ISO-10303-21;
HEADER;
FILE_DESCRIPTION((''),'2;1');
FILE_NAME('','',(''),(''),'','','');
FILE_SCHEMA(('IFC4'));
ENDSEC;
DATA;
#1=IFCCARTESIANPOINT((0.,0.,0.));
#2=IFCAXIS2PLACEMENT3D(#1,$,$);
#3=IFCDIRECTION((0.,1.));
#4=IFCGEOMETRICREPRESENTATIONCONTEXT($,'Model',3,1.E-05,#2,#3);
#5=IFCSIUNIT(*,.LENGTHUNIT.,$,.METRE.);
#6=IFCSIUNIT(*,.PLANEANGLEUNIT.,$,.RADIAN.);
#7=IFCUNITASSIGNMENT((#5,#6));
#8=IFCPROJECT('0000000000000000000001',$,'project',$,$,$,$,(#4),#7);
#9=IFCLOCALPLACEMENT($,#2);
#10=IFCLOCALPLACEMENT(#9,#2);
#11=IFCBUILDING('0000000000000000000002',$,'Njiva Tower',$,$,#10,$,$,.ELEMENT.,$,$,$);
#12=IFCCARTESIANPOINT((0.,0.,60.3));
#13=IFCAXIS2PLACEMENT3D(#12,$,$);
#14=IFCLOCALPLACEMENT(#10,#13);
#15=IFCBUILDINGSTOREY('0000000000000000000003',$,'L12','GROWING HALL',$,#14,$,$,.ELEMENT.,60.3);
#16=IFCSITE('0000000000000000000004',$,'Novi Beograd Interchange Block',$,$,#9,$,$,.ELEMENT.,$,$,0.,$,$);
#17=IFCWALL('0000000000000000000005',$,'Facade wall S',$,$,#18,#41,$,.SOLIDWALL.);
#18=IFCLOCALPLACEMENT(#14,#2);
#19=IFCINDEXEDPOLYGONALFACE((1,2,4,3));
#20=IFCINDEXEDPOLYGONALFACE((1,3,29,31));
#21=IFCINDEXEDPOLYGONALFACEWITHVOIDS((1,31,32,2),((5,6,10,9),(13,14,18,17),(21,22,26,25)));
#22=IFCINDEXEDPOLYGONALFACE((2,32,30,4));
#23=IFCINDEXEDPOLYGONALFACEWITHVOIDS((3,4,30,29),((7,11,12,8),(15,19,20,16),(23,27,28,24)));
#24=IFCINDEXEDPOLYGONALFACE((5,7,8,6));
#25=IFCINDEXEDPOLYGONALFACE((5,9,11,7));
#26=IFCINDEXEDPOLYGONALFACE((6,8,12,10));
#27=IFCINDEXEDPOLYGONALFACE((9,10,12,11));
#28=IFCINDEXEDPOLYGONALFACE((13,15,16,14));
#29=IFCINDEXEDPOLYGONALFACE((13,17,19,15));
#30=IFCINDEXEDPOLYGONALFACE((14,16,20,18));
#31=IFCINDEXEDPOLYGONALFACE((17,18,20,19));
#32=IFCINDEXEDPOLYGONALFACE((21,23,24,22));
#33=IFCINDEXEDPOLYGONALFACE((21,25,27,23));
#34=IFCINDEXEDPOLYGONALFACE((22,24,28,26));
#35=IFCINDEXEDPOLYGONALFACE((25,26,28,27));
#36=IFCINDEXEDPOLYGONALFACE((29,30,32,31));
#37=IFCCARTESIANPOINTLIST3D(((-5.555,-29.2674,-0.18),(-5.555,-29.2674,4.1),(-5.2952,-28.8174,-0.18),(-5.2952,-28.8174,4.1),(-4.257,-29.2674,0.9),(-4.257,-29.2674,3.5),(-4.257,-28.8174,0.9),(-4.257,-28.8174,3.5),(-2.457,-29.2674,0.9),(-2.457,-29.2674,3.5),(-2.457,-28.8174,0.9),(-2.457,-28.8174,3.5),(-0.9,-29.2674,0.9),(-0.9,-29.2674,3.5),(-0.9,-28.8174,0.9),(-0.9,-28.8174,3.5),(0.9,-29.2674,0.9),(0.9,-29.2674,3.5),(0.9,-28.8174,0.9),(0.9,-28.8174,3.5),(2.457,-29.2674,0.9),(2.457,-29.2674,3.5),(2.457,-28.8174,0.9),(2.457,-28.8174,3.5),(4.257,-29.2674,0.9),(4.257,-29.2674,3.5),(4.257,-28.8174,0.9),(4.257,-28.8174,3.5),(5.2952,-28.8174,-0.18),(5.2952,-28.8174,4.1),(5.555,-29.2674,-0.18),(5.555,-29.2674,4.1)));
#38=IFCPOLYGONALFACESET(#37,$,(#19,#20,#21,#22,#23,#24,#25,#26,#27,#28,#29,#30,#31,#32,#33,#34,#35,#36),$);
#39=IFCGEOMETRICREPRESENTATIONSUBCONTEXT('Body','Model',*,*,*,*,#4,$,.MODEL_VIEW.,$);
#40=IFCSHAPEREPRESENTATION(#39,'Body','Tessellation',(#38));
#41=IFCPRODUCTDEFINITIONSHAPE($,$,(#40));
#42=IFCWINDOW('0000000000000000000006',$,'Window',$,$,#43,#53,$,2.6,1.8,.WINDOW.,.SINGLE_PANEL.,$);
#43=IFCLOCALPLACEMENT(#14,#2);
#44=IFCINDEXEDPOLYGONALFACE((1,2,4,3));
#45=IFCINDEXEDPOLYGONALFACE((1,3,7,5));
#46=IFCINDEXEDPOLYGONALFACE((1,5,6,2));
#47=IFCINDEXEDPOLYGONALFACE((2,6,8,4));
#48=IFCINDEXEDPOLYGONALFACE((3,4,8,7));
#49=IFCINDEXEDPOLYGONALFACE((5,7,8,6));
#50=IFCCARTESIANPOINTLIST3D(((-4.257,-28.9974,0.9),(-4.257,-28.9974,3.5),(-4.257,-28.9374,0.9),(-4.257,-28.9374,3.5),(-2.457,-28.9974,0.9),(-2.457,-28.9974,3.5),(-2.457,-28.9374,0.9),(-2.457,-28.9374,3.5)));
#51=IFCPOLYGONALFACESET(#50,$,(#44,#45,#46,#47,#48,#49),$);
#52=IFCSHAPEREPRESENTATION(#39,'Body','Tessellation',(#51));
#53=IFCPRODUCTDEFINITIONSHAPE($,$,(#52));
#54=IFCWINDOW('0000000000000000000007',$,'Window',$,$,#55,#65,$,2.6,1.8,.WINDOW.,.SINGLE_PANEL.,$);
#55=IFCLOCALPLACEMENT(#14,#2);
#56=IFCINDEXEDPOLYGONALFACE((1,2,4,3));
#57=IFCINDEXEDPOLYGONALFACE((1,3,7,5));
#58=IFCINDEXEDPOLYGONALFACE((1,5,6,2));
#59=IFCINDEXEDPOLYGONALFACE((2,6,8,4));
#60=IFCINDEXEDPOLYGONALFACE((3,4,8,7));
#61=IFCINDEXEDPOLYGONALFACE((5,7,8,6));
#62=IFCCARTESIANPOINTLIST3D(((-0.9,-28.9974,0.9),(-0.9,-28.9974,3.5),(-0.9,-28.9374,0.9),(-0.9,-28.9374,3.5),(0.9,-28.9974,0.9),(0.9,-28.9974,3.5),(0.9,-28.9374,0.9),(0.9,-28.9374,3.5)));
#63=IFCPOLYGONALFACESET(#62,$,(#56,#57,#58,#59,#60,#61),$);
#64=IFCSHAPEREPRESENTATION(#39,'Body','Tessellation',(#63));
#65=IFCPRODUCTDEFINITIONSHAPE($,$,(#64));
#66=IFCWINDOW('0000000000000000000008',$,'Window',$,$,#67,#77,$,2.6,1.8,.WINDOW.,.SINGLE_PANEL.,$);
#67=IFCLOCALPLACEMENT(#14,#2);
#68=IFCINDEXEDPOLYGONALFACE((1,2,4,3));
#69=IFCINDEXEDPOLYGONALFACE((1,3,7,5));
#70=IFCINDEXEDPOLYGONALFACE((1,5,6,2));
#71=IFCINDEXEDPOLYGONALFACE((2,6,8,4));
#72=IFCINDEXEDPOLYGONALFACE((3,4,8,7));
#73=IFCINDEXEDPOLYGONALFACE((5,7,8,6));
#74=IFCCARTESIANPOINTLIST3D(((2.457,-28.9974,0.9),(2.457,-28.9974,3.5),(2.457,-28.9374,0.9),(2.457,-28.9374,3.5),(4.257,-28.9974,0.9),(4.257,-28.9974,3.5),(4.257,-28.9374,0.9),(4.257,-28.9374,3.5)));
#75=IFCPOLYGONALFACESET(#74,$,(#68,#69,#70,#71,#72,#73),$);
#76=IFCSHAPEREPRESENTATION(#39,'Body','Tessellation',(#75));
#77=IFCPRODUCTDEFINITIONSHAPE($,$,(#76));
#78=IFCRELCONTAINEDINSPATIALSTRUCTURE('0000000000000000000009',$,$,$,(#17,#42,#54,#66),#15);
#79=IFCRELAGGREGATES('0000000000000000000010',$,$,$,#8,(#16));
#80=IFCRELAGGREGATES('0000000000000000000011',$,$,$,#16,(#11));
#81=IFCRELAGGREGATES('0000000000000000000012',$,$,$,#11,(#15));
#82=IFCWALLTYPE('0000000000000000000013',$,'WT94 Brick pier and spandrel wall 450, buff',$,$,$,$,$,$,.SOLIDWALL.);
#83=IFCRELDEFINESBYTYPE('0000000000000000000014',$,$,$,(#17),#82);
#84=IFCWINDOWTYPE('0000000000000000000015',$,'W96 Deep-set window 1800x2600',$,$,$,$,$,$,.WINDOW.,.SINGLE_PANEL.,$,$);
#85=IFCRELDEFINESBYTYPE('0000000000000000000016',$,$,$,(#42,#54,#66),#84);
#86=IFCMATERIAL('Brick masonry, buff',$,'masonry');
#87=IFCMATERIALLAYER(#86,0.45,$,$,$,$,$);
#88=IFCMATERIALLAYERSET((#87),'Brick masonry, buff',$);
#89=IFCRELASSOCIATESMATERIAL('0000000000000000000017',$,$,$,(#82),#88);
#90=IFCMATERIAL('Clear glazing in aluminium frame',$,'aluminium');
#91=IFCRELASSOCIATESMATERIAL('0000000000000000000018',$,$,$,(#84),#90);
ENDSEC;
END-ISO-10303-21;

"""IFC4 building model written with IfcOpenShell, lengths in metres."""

from ifc_helpers import new_model, si_unit, direction, frame, frame_2d, origin, place, context, subcontext, project, spatial, polyline, rectangle, outline, extrude, material, layer, layer_set, type_object, element, fill, save


model = new_model("IFC4")

# Units and contexts
model_context = context("Model", 3, precision=1e-05, world=origin(), true_north=direction((0.0, 1.0)))
body_context = subcontext(model_context, "Body", "Model", "MODEL_VIEW")
ifc_project = project(units=[si_unit("LENGTHUNIT", "METRE"), si_unit("PLANEANGLEUNIT", "RADIAN")], contexts=[model_context])

# Site, building, storey
site_placement = place(None, origin())
site = spatial("IfcSite", under=ifc_project, at=site_placement, Name="Novi Beograd Interchange Block", CompositionType="ELEMENT", RefElevation=0.0)
building_placement = place(site_placement, origin())
building = spatial("IfcBuilding", under=site, at=building_placement, Name="Njiva Tower", CompositionType="ELEMENT")
storey_placement = place(building_placement, frame((0.0, 0.0, 60.3)))
storey = spatial("IfcBuildingStorey", under=building, at=storey_placement, Name="L12", Description="GROWING HALL", CompositionType="ELEMENT", Elevation=60.3)

# Wall, openings, windows
ifc_material_1 = material(Name="Brick masonry, buff", Category="masonry")
ifc_layer_1 = layer(ifc_material_1, 0.45)
ifc_layer_set_1 = layer_set([ifc_layer_1], Name="Brick masonry, buff")
wall_type_1 = type_object("IfcWallType", Name="WT94 Brick pier and spandrel wall 450, buff", PredefinedType="SOLIDWALL", material=ifc_layer_set_1)
wall_1_placement = place(storey_placement, frame((-5.4251, -29.0424, -0.18), z_axis=(0.0, 0.0, 1.0), x_axis=(1.0, 0.0, 0.0)))
wall_1 = element("IfcWall", 1, at=wall_1_placement, inside=storey, type_object=wall_type_1, Name="Facade wall S", PredefinedType="SOLIDWALL", context=body_context, shape_type="SweptSolid", body=[
    extrude(outline(polyline([(-0.1299, -0.225), (10.9801, -0.225), (10.7203, 0.225), (0.1299, 0.225), (-0.1299, -0.225)])), origin(), (0.0, 0.0, 1.0), 4.28),
])
opening_1_placement = place(wall_1_placement, frame((1.1681, 0.0, 1.08)))
opening_1 = element("IfcOpeningElement", 2, at=opening_1_placement, cuts=wall_1, PredefinedType="OPENING", context=body_context, shape_type="SweptSolid", body=[
    extrude(rectangle(XDim=1.8, YDim=2.6, at=frame_2d((0.9, 1.3))), frame((0.0, 0.235, 0.0), z_axis=(0.0, -1.0, 0.0), x_axis=(1.0, 0.0, 0.0)), (0.0, 0.0, 1.0), 0.47),
])
opening_2_placement = place(wall_1_placement, frame((4.5251, 0.0, 1.08)))
opening_2 = element("IfcOpeningElement", 3, at=opening_2_placement, cuts=wall_1, PredefinedType="OPENING", context=body_context, shape_type="SweptSolid", body=[
    extrude(rectangle(XDim=1.8, YDim=2.6, at=frame_2d((0.9, 1.3))), frame((0.0, 0.235, 0.0), z_axis=(0.0, -1.0, 0.0), x_axis=(1.0, 0.0, 0.0)), (0.0, 0.0, 1.0), 0.47),
])
opening_3_placement = place(wall_1_placement, frame((7.8821, 0.0, 1.08)))
opening_3 = element("IfcOpeningElement", 4, at=opening_3_placement, cuts=wall_1, PredefinedType="OPENING", context=body_context, shape_type="SweptSolid", body=[
    extrude(rectangle(XDim=1.8, YDim=2.6, at=frame_2d((0.9, 1.3))), frame((0.0, 0.235, 0.0), z_axis=(0.0, -1.0, 0.0), x_axis=(1.0, 0.0, 0.0)), (0.0, 0.0, 1.0), 0.47),
])
ifc_material_2 = material(Name="Clear glazing in aluminium frame", Category="aluminium")
window_type = type_object("IfcWindowType", Name="W96 Deep-set window 1800x2600", PartitioningType="SINGLE_PANEL", PredefinedType="WINDOW", material=ifc_material_2)
window_1_placement = place(opening_1_placement, origin())
window_1 = element("IfcWindow", 5, at=window_1_placement, inside=storey, type_object=window_type, Name="Window", OverallHeight=2.6, OverallWidth=1.8, PartitioningType="SINGLE_PANEL", PredefinedType="WINDOW", context=body_context, shape_type="SweptSolid", body=[
    extrude(rectangle(XDim=1.8, YDim=2.6, at=frame_2d((0.9, 1.3))), frame((0.0, 0.105, 0.0), z_axis=(0.0, -1.0, 0.0), x_axis=(1.0, 0.0, 0.0)), (0.0, 0.0, 1.0), 0.06),
])
fill(opening_1, window_1)
window_2_placement = place(opening_2_placement, origin())
window_2 = element("IfcWindow", 6, at=window_2_placement, inside=storey, type_object=window_type, Name="Window", OverallHeight=2.6, OverallWidth=1.8, PartitioningType="SINGLE_PANEL", PredefinedType="WINDOW", context=body_context, shape_type="SweptSolid", body=[
    extrude(rectangle(XDim=1.8, YDim=2.6, at=frame_2d((0.9, 1.3))), frame((0.0, 0.105, 0.0), z_axis=(0.0, -1.0, 0.0), x_axis=(1.0, 0.0, 0.0)), (0.0, 0.0, 1.0), 0.06),
])
fill(opening_2, window_2)
window_3_placement = place(opening_3_placement, origin())
window_3 = element("IfcWindow", 7, at=window_3_placement, inside=storey, type_object=window_type, Name="Window", OverallHeight=2.6, OverallWidth=1.8, PartitioningType="SINGLE_PANEL", PredefinedType="WINDOW", context=body_context, shape_type="SweptSolid", body=[
    extrude(rectangle(XDim=1.8, YDim=2.6, at=frame_2d((0.9, 1.3))), frame((0.0, 0.105, 0.0), z_axis=(0.0, -1.0, 0.0), x_axis=(1.0, 0.0, 0.0)), (0.0, 0.0, 1.0), 0.06),
])
fill(opening_3, window_3)

save(model, "model.ifc")
